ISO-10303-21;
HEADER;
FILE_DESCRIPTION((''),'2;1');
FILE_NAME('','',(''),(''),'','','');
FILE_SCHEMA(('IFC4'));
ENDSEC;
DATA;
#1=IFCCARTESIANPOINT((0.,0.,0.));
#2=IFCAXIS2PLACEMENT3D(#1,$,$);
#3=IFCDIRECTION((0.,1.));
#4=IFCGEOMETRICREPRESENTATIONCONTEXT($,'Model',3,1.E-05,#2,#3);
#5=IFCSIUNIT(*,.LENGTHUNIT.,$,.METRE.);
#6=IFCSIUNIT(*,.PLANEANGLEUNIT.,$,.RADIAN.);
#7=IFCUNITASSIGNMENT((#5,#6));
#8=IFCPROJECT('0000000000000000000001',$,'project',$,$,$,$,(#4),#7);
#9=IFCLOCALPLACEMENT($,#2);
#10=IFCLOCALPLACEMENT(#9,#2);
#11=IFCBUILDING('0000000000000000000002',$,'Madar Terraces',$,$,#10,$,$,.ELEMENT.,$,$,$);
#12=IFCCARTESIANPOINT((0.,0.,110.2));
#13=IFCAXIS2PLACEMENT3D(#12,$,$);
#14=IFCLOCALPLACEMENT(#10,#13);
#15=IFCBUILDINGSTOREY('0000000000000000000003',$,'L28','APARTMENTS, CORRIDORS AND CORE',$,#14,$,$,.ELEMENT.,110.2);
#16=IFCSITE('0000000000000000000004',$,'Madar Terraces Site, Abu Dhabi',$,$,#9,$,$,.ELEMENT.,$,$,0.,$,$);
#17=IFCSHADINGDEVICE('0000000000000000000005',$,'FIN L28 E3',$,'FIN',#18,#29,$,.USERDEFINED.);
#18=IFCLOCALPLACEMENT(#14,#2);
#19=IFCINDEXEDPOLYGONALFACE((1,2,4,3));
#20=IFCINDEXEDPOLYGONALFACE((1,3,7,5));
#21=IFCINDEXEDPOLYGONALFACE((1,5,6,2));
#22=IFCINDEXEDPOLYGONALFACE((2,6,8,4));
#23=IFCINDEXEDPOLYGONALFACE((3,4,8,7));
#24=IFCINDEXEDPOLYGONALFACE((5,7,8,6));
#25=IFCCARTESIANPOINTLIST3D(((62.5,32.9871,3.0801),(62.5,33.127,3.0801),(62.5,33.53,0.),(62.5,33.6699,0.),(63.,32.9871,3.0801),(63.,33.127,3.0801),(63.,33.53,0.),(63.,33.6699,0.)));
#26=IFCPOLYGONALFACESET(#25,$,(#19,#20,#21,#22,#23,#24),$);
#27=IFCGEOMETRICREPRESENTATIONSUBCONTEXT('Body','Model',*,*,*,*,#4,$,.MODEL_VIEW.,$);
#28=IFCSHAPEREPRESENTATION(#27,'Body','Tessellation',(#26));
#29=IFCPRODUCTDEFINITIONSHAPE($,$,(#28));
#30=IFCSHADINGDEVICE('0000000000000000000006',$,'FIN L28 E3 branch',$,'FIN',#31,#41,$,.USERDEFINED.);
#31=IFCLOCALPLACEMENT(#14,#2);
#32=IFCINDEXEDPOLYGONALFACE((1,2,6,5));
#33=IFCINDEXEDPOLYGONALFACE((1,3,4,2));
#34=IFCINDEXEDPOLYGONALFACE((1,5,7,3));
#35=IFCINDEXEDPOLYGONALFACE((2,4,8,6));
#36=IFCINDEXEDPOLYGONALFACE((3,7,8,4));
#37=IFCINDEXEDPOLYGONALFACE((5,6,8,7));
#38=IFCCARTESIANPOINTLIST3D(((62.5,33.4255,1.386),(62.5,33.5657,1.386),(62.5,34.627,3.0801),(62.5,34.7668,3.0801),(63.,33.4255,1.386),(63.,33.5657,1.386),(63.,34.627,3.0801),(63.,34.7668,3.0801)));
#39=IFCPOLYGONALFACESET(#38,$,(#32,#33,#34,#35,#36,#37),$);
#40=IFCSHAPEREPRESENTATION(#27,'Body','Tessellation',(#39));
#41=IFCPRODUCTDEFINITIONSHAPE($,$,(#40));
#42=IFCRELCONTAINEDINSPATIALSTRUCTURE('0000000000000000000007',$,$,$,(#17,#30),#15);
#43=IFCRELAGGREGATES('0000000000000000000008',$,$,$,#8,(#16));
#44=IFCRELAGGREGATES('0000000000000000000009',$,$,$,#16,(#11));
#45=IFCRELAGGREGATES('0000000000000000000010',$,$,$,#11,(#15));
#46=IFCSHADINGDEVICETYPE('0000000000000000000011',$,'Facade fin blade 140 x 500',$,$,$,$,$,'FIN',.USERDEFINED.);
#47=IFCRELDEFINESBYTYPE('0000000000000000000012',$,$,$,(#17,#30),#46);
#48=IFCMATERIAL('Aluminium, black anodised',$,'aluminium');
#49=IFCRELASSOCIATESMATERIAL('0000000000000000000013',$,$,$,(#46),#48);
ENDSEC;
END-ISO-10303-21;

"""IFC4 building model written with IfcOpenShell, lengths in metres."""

from ifc_helpers import new_model, si_unit, direction, frame, origin, place, context, subcontext, project, spatial, polyline, outline, extrude, material, type_object, element, save


model = new_model("IFC4")

# Units and contexts
model_context = context("Model", 3, precision=1e-05, world=origin(), true_north=direction((0.0, 1.0)))
body_context = subcontext(model_context, "Body", "Model", "MODEL_VIEW")
ifc_project = project(units=[si_unit("LENGTHUNIT", "METRE"), si_unit("PLANEANGLEUNIT", "RADIAN")], contexts=[model_context])

# Site, building, storey
site_placement = place(None, origin())
site = spatial("IfcSite", under=ifc_project, at=site_placement, Name="Madar Terraces Site, Abu Dhabi", CompositionType="ELEMENT", RefElevation=0.0)
building_placement = place(site_placement, origin())
building = spatial("IfcBuilding", under=site, at=building_placement, Name="Madar Terraces", CompositionType="ELEMENT")
storey_placement = place(building_placement, frame((0.0, 0.0, 110.2)))
storey = spatial("IfcBuildingStorey", under=building, at=storey_placement, Name="L28", Description="APARTMENTS, CORRIDORS AND CORE", CompositionType="ELEMENT", Elevation=110.2)

# Shading devices
ifc_material_1 = material(Name="Aluminium, black anodised", Category="aluminium")
shading_device_type = type_object("IfcShadingDeviceType", Name="Facade fin blade 140 x 500", ElementType="FIN", PredefinedType="USERDEFINED", material=ifc_material_1)
shading_device_1_placement = place(storey_placement, frame((62.75, 33.53, 0.0), z_axis=(0.0, 0.0, 1.0), x_axis=(0.0, 1.0, 0.0)))
element("IfcShadingDevice", 1, at=shading_device_1_placement, inside=storey, type_object=shading_device_type, Name="FIN L28 E3", ObjectType="FIN", PredefinedType="USERDEFINED", context=body_context, shape_type="SweptSolid", body=[
    extrude(outline(polyline([(0.0, 0.0), (0.1399, 0.0), (-0.4031, 3.0801), (-0.543, 3.0801), (0.0, 0.0)])), frame((0.0, 0.25, 0.0), z_axis=(0.0, -1.0, 0.0), x_axis=(1.0, 0.0, 0.0)), (0.0, 0.0, 1.0), 0.5),
])
shading_device_2_placement = place(storey_placement, frame((62.75, 33.4255, 1.386), z_axis=(0.0, 0.0, 1.0), x_axis=(0.0, 1.0, 0.0)))
element("IfcShadingDevice", 2, at=shading_device_2_placement, inside=storey, type_object=shading_device_type, Name="FIN L28 E3 branch", ObjectType="FIN", PredefinedType="USERDEFINED", context=body_context, shape_type="SweptSolid", body=[
    extrude(outline(polyline([(0.0, 0.0), (0.1401, 0.0), (1.3413, 1.6941), (1.2014, 1.6941), (0.0, 0.0)])), frame((0.0, 0.25, 0.0), z_axis=(0.0, -1.0, 0.0), x_axis=(1.0, 0.0, 0.0)), (0.0, 0.0, 1.0), 0.5),
])

save(model, "model.ifc")
